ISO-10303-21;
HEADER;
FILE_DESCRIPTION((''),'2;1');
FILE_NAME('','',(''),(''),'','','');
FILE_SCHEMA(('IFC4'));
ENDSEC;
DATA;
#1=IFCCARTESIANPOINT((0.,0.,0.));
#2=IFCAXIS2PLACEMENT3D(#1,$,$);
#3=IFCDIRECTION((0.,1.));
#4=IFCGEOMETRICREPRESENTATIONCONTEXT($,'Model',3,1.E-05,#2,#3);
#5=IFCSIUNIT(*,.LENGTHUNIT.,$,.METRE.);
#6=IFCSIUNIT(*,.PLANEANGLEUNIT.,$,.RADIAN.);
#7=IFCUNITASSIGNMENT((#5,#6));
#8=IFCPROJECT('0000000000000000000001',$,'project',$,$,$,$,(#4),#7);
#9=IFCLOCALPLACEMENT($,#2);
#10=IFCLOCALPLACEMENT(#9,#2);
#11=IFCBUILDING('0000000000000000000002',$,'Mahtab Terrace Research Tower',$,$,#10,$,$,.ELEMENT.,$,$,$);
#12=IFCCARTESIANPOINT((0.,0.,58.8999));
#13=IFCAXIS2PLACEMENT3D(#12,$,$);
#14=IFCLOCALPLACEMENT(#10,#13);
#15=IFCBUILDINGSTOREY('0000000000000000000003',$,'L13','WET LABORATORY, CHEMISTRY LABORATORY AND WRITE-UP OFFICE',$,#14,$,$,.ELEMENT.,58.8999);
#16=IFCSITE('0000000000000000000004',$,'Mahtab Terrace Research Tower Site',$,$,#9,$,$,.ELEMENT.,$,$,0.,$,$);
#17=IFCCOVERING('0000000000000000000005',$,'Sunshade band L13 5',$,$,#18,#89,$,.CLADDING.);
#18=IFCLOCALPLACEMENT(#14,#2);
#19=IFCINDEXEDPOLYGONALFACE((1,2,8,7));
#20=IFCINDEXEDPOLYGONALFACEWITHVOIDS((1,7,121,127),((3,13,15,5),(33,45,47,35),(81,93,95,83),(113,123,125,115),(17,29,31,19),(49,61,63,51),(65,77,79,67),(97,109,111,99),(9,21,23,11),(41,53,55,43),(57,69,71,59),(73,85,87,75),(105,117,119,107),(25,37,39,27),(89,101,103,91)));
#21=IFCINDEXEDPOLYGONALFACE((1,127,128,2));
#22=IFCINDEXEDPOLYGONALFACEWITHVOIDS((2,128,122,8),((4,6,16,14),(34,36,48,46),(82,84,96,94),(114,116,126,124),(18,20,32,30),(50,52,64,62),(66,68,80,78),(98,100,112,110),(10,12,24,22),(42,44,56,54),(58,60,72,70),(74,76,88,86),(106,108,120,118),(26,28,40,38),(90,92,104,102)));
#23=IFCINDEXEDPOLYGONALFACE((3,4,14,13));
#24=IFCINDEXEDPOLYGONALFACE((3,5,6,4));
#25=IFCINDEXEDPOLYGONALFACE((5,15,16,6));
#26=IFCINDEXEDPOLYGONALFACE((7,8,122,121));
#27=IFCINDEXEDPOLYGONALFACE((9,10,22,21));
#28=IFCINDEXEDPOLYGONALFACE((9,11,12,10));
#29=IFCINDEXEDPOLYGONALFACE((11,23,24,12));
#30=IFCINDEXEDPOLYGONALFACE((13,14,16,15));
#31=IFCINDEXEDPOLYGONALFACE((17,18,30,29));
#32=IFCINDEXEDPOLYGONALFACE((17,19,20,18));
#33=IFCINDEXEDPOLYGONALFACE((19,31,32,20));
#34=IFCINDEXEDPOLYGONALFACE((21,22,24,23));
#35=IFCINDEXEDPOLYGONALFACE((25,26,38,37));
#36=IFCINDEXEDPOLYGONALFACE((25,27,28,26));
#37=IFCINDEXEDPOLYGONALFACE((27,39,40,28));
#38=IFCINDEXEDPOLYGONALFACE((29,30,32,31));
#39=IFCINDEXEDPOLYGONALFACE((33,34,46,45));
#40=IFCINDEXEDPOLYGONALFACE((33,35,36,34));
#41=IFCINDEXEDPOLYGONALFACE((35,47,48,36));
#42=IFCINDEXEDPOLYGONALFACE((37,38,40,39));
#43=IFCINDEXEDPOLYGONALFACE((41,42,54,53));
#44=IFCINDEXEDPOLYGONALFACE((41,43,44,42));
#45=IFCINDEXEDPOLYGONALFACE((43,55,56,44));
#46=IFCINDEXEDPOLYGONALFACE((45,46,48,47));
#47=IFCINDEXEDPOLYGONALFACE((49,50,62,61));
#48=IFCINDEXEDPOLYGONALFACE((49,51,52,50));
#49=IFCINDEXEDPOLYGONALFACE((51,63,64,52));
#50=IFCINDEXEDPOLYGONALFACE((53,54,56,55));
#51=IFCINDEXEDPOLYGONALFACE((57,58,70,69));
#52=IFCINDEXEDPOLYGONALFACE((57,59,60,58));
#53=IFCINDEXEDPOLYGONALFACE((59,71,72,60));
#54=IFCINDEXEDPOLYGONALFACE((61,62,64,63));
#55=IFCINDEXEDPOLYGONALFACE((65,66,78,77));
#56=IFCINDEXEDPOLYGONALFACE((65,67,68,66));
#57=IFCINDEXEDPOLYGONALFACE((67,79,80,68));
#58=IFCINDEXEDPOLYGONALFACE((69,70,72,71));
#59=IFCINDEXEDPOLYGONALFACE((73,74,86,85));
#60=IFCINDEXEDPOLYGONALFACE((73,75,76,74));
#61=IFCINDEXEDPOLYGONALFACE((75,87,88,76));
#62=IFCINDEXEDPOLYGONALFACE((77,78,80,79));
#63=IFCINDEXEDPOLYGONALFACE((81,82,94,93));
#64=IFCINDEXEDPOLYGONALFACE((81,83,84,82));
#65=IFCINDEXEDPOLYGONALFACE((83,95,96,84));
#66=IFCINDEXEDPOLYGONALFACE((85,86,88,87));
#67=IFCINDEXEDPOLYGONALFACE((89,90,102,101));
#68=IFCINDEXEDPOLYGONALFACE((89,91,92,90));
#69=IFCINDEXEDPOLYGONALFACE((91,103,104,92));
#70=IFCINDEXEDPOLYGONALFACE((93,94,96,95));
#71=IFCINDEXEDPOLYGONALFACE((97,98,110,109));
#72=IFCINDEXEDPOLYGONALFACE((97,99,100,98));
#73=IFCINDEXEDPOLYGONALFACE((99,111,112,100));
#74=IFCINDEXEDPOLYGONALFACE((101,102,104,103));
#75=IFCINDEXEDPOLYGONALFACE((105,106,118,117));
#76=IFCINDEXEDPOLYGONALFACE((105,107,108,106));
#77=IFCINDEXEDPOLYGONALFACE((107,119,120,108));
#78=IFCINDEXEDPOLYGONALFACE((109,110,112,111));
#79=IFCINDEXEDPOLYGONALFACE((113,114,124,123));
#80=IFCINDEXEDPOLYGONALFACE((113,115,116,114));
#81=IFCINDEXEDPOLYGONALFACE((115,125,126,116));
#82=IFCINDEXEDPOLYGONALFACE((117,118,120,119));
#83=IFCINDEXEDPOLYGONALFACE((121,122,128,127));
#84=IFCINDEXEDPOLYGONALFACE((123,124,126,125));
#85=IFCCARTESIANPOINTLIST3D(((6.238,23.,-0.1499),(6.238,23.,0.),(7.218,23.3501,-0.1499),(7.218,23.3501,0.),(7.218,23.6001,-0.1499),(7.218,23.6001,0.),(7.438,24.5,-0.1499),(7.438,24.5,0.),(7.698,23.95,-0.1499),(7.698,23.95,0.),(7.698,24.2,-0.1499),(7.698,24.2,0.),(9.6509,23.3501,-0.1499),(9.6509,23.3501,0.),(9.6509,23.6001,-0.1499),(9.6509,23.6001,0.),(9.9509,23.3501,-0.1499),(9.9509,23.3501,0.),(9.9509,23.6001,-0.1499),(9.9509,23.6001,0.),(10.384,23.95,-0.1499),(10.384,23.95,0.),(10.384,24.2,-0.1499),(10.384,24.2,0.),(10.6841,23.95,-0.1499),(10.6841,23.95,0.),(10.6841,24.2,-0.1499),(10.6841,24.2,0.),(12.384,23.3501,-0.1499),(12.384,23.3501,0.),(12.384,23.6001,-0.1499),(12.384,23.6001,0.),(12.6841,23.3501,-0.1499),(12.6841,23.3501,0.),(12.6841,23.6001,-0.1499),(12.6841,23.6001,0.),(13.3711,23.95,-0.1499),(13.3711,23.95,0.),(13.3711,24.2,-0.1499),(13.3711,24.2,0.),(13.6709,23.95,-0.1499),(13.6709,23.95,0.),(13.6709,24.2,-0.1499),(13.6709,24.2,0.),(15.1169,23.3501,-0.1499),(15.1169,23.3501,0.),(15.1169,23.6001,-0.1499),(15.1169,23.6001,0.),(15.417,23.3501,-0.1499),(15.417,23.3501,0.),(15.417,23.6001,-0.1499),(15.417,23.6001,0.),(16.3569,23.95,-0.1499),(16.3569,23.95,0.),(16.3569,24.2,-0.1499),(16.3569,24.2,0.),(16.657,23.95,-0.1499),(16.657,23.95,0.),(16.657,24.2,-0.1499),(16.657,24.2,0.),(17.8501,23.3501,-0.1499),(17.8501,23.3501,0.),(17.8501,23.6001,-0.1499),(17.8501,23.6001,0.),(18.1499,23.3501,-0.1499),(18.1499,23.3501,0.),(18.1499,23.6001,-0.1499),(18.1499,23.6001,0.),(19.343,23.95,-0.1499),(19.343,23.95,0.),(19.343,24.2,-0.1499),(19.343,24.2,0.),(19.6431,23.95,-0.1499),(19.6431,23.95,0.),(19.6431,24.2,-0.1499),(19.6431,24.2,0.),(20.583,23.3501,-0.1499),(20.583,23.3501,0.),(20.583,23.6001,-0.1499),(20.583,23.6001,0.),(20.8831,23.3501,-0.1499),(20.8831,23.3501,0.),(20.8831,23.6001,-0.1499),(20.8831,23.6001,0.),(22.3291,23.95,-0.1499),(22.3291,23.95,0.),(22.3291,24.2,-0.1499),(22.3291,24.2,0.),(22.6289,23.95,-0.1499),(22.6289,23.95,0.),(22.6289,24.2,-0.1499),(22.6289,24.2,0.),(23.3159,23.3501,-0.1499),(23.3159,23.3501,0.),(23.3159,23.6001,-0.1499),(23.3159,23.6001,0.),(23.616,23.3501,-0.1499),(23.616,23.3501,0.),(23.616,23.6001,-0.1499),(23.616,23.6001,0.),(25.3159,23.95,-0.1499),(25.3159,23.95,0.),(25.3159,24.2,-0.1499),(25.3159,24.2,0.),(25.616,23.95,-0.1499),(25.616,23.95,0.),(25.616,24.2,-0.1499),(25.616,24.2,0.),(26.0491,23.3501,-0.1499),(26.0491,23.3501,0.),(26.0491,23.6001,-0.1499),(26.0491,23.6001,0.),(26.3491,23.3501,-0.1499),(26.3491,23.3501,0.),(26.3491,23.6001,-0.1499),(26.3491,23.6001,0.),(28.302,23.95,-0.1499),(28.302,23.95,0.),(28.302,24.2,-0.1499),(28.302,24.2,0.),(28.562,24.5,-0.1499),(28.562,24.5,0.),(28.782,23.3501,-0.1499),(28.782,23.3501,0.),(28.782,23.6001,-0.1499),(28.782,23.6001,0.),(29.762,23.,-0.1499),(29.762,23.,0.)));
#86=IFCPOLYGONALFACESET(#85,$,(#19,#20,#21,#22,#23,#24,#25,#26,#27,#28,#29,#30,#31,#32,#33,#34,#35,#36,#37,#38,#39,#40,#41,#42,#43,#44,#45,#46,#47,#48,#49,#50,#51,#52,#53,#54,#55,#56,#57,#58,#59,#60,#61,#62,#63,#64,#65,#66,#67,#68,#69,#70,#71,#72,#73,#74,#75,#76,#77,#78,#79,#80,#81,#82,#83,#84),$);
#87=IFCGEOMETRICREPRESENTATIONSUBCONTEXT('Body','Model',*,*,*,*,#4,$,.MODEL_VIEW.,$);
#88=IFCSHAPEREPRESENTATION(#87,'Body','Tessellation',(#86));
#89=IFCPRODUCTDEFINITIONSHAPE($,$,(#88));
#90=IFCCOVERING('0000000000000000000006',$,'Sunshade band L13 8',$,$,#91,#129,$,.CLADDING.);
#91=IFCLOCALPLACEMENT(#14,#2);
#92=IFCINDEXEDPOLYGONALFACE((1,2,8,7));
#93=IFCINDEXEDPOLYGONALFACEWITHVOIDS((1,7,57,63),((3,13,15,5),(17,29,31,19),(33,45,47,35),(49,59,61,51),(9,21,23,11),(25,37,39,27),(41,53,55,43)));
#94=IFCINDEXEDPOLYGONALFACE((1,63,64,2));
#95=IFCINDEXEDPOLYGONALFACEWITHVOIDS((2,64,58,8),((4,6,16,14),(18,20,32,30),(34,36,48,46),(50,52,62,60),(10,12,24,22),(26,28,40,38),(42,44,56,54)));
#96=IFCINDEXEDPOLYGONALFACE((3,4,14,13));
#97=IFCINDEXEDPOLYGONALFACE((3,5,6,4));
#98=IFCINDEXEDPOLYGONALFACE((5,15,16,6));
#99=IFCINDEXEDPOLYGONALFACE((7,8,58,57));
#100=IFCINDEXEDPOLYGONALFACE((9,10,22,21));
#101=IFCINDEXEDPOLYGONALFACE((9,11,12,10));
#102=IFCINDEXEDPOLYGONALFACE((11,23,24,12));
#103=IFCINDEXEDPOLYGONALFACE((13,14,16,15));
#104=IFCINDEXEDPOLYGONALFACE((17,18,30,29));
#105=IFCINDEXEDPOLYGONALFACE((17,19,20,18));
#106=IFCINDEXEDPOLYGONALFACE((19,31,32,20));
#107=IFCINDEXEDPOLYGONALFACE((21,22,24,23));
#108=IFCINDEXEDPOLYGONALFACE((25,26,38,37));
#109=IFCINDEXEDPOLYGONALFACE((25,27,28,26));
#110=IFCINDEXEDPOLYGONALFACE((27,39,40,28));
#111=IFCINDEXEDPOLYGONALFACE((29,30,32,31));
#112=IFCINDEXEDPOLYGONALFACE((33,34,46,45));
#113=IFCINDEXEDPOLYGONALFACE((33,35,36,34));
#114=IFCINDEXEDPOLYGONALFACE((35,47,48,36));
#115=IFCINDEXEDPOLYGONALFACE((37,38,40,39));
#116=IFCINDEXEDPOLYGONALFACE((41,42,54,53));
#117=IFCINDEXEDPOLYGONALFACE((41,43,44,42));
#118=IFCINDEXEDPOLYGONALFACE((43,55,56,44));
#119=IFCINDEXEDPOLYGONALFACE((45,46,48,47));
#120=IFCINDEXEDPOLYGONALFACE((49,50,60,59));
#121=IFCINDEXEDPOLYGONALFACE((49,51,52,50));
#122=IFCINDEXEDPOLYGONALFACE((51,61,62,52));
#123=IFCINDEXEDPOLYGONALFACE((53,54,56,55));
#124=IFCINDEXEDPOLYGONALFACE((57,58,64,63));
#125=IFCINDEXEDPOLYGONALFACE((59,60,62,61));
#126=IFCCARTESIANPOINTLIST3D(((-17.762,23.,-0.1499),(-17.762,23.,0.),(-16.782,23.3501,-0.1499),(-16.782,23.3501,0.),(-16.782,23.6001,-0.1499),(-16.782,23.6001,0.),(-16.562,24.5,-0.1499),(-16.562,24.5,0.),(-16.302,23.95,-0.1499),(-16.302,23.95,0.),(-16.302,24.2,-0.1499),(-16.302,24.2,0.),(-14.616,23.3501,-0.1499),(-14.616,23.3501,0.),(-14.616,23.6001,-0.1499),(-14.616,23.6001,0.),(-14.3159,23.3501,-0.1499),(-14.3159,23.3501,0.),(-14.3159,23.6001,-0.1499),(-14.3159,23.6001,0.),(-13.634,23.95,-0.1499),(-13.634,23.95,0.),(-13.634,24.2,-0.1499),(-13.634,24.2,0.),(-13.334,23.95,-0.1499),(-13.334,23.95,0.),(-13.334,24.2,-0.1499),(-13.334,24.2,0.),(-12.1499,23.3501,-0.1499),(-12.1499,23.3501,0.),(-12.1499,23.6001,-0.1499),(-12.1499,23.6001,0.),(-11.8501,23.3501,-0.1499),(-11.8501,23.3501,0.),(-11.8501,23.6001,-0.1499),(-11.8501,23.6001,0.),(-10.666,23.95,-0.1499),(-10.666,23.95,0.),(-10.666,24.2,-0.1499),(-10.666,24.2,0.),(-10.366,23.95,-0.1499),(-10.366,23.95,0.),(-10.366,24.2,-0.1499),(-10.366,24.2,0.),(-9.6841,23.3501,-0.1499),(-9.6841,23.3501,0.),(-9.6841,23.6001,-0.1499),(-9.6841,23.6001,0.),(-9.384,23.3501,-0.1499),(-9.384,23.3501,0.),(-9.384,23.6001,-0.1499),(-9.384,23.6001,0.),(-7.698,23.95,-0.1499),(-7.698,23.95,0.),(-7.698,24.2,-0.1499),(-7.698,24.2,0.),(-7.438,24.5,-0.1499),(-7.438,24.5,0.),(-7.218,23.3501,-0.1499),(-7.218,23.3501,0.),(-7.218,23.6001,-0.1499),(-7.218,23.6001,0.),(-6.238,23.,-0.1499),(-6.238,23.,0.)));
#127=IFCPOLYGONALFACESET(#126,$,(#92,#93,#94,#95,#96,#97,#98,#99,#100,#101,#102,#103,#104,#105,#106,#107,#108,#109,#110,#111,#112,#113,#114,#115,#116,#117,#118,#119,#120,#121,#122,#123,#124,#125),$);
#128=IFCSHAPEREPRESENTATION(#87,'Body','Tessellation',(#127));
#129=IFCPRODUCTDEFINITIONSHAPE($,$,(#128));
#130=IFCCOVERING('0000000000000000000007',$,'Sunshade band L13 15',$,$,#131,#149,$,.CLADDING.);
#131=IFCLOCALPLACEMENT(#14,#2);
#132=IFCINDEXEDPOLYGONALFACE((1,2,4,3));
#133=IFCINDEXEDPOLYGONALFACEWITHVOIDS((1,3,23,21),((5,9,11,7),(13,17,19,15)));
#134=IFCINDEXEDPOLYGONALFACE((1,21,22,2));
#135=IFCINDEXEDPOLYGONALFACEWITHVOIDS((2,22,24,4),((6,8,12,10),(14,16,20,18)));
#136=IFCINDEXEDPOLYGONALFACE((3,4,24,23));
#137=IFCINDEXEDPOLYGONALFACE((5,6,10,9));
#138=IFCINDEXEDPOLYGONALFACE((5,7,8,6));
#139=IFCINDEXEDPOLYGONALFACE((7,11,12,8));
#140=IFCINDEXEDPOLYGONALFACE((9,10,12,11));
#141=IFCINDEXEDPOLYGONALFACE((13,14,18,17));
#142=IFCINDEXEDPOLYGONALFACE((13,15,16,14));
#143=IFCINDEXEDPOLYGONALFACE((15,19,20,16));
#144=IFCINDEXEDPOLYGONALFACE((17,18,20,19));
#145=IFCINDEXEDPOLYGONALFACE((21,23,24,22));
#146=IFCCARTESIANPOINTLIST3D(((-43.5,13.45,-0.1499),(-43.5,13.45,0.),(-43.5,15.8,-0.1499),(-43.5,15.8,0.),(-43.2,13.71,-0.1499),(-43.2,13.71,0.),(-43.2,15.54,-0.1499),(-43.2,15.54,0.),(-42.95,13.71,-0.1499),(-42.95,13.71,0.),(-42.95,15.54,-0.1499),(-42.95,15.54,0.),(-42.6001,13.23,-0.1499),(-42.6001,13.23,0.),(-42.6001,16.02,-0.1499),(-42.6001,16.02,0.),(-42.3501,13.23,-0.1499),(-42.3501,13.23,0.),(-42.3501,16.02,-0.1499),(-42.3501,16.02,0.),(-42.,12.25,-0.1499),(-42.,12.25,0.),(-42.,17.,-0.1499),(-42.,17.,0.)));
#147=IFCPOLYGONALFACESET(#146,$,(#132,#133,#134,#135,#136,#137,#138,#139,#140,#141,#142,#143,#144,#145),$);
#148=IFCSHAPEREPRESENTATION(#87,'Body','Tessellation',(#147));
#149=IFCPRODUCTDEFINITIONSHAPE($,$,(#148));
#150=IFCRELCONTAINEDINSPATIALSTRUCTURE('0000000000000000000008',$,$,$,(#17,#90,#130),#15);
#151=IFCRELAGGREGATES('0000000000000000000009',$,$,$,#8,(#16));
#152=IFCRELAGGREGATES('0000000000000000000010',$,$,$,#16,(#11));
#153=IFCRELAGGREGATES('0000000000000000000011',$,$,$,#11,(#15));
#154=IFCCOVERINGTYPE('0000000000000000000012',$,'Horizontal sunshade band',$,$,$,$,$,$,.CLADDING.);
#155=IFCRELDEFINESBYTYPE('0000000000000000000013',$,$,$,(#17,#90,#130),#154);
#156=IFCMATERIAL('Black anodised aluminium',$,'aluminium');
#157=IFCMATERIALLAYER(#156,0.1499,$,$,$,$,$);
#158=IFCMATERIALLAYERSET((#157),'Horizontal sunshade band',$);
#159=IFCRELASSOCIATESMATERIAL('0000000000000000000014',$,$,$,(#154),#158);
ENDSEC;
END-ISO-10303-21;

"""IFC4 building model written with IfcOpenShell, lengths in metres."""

from ifc_helpers import new_model, si_unit, direction, frame, origin, place, context, subcontext, project, spatial, polyline, outline, extrude, material, layer, layer_set, type_object, element, save


model = new_model("IFC4")

# Units and contexts
model_context = context("Model", 3, precision=1e-05, world=origin(), true_north=direction((0.0, 1.0)))
body_context = subcontext(model_context, "Body", "Model", "MODEL_VIEW")
ifc_project = project(units=[si_unit("LENGTHUNIT", "METRE"), si_unit("PLANEANGLEUNIT", "RADIAN")], contexts=[model_context])

# Site, building, storey
site_placement = place(None, origin())
site = spatial("IfcSite", under=ifc_project, at=site_placement, Name="Mahtab Terrace Research Tower Site", CompositionType="ELEMENT", RefElevation=0.0)
building_placement = place(site_placement, origin())
building = spatial("IfcBuilding", under=site, at=building_placement, Name="Mahtab Terrace Research Tower", CompositionType="ELEMENT")
storey_placement = place(building_placement, frame((0.0, 0.0, 58.8999)))
storey = spatial("IfcBuildingStorey", under=building, at=storey_placement, Name="L13", Description="WET LABORATORY, CHEMISTRY LABORATORY AND WRITE-UP OFFICE", CompositionType="ELEMENT", Elevation=58.8999)

# Coverings
ifc_material_1 = material(Name="Black anodised aluminium", Category="aluminium")
ifc_layer_1 = layer(ifc_material_1, 0.1499)
ifc_layer_set_1 = layer_set([ifc_layer_1], Name="Horizontal sunshade band")
covering_type = type_object("IfcCoveringType", Name="Horizontal sunshade band", PredefinedType="CLADDING", material=ifc_layer_set_1)
covering_1_placement = place(storey_placement, frame((0.0, 0.0, -0.1499)))
element("IfcCovering", 1, at=covering_1_placement, inside=storey, type_object=covering_type, Name="Sunshade band L13 5", PredefinedType="CLADDING", context=body_context, shape_type="SweptSolid", body=[
    extrude(outline(polyline([(29.762, 23.0), (6.238, 23.0), (7.438, 24.5), (28.562, 24.5), (29.762, 23.0)]), holes=[polyline([(28.782, 23.3501), (26.3491, 23.3501), (26.3491, 23.6001), (28.782, 23.6001), (28.782, 23.3501)]), polyline([(26.0491, 23.3501), (23.616, 23.3501), (23.616, 23.6001), (26.0491, 23.6001), (26.0491, 23.3501)]), polyline([(23.3159, 23.3501), (20.8831, 23.3501), (20.8831, 23.6001), (23.3159, 23.6001), (23.3159, 23.3501)]), polyline([(20.583, 23.3501), (18.1499, 23.3501), (18.1499, 23.6001), (20.583, 23.6001), (20.583, 23.3501)]), polyline([(17.8501, 23.3501), (15.417, 23.3501), (15.417, 23.6001), (17.8501, 23.6001), (17.8501, 23.3501)]), polyline([(15.1169, 23.3501), (12.6841, 23.3501), (12.6841, 23.6001), (15.1169, 23.6001), (15.1169, 23.3501)]), polyline([(12.384, 23.3501), (9.9509, 23.3501), (9.9509, 23.6001), (12.384, 23.6001), (12.384, 23.3501)]), polyline([(9.6509, 23.3501), (7.218, 23.3501), (7.218, 23.6001), (9.6509, 23.6001), (9.6509, 23.3501)]), polyline([(28.302, 23.95), (25.616, 23.95), (25.616, 24.2), (28.302, 24.2), (28.302, 23.95)]), polyline([(25.3159, 23.95), (22.6289, 23.95), (22.6289, 24.2), (25.3159, 24.2), (25.3159, 23.95)]), polyline([(22.3291, 23.95), (19.6431, 23.95), (19.6431, 24.2), (22.3291, 24.2), (22.3291, 23.95)]), polyline([(19.343, 23.95), (16.657, 23.95), (16.657, 24.2), (19.343, 24.2), (19.343, 23.95)]), polyline([(16.3569, 23.95), (13.6709, 23.95), (13.6709, 24.2), (16.3569, 24.2), (16.3569, 23.95)]), polyline([(13.3711, 23.95), (10.6841, 23.95), (10.6841, 24.2), (13.3711, 24.2), (13.3711, 23.95)]), polyline([(10.384, 23.95), (7.698, 23.95), (7.698, 24.2), (10.384, 24.2), (10.384, 23.95)])]), origin(), (0.0, 0.0, 1.0), 0.1499),
])
covering_2_placement = place(storey_placement, frame((0.0, 0.0, -0.1499)))
element("IfcCovering", 2, at=covering_2_placement, inside=storey, type_object=covering_type, Name="Sunshade band L13 8", PredefinedType="CLADDING", context=body_context, shape_type="SweptSolid", body=[
    extrude(outline(polyline([(-6.238, 23.0), (-17.762, 23.0), (-16.562, 24.5), (-7.438, 24.5), (-6.238, 23.0)]), holes=[polyline([(-7.218, 23.3501), (-9.384, 23.3501), (-9.384, 23.6001), (-7.218, 23.6001), (-7.218, 23.3501)]), polyline([(-9.6841, 23.3501), (-11.8501, 23.3501), (-11.8501, 23.6001), (-9.6841, 23.6001), (-9.6841, 23.3501)]), polyline([(-12.1499, 23.3501), (-14.3159, 23.3501), (-14.3159, 23.6001), (-12.1499, 23.6001), (-12.1499, 23.3501)]), polyline([(-14.616, 23.3501), (-16.782, 23.3501), (-16.782, 23.6001), (-14.616, 23.6001), (-14.616, 23.3501)]), polyline([(-7.698, 23.95), (-10.366, 23.95), (-10.366, 24.2), (-7.698, 24.2), (-7.698, 23.95)]), polyline([(-10.666, 23.95), (-13.334, 23.95), (-13.334, 24.2), (-10.666, 24.2), (-10.666, 23.95)]), polyline([(-13.634, 23.95), (-16.302, 23.95), (-16.302, 24.2), (-13.634, 24.2), (-13.634, 23.95)])]), origin(), (0.0, 0.0, 1.0), 0.1499),
])
covering_3_placement = place(storey_placement, frame((0.0, 0.0, -0.1499)))
element("IfcCovering", 3, at=covering_3_placement, inside=storey, type_object=covering_type, Name="Sunshade band L13 15", PredefinedType="CLADDING", context=body_context, shape_type="SweptSolid", body=[
    extrude(outline(polyline([(-42.0, 17.0), (-42.0, 12.25), (-43.5, 13.45), (-43.5, 15.8), (-42.0, 17.0)]), holes=[polyline([(-42.3501, 16.02), (-42.3501, 13.23), (-42.6001, 13.23), (-42.6001, 16.02), (-42.3501, 16.02)]), polyline([(-42.95, 15.54), (-42.95, 13.71), (-43.2, 13.71), (-43.2, 15.54), (-42.95, 15.54)])]), origin(), (0.0, 0.0, 1.0), 0.1499),
])

save(model, "model.ifc")
